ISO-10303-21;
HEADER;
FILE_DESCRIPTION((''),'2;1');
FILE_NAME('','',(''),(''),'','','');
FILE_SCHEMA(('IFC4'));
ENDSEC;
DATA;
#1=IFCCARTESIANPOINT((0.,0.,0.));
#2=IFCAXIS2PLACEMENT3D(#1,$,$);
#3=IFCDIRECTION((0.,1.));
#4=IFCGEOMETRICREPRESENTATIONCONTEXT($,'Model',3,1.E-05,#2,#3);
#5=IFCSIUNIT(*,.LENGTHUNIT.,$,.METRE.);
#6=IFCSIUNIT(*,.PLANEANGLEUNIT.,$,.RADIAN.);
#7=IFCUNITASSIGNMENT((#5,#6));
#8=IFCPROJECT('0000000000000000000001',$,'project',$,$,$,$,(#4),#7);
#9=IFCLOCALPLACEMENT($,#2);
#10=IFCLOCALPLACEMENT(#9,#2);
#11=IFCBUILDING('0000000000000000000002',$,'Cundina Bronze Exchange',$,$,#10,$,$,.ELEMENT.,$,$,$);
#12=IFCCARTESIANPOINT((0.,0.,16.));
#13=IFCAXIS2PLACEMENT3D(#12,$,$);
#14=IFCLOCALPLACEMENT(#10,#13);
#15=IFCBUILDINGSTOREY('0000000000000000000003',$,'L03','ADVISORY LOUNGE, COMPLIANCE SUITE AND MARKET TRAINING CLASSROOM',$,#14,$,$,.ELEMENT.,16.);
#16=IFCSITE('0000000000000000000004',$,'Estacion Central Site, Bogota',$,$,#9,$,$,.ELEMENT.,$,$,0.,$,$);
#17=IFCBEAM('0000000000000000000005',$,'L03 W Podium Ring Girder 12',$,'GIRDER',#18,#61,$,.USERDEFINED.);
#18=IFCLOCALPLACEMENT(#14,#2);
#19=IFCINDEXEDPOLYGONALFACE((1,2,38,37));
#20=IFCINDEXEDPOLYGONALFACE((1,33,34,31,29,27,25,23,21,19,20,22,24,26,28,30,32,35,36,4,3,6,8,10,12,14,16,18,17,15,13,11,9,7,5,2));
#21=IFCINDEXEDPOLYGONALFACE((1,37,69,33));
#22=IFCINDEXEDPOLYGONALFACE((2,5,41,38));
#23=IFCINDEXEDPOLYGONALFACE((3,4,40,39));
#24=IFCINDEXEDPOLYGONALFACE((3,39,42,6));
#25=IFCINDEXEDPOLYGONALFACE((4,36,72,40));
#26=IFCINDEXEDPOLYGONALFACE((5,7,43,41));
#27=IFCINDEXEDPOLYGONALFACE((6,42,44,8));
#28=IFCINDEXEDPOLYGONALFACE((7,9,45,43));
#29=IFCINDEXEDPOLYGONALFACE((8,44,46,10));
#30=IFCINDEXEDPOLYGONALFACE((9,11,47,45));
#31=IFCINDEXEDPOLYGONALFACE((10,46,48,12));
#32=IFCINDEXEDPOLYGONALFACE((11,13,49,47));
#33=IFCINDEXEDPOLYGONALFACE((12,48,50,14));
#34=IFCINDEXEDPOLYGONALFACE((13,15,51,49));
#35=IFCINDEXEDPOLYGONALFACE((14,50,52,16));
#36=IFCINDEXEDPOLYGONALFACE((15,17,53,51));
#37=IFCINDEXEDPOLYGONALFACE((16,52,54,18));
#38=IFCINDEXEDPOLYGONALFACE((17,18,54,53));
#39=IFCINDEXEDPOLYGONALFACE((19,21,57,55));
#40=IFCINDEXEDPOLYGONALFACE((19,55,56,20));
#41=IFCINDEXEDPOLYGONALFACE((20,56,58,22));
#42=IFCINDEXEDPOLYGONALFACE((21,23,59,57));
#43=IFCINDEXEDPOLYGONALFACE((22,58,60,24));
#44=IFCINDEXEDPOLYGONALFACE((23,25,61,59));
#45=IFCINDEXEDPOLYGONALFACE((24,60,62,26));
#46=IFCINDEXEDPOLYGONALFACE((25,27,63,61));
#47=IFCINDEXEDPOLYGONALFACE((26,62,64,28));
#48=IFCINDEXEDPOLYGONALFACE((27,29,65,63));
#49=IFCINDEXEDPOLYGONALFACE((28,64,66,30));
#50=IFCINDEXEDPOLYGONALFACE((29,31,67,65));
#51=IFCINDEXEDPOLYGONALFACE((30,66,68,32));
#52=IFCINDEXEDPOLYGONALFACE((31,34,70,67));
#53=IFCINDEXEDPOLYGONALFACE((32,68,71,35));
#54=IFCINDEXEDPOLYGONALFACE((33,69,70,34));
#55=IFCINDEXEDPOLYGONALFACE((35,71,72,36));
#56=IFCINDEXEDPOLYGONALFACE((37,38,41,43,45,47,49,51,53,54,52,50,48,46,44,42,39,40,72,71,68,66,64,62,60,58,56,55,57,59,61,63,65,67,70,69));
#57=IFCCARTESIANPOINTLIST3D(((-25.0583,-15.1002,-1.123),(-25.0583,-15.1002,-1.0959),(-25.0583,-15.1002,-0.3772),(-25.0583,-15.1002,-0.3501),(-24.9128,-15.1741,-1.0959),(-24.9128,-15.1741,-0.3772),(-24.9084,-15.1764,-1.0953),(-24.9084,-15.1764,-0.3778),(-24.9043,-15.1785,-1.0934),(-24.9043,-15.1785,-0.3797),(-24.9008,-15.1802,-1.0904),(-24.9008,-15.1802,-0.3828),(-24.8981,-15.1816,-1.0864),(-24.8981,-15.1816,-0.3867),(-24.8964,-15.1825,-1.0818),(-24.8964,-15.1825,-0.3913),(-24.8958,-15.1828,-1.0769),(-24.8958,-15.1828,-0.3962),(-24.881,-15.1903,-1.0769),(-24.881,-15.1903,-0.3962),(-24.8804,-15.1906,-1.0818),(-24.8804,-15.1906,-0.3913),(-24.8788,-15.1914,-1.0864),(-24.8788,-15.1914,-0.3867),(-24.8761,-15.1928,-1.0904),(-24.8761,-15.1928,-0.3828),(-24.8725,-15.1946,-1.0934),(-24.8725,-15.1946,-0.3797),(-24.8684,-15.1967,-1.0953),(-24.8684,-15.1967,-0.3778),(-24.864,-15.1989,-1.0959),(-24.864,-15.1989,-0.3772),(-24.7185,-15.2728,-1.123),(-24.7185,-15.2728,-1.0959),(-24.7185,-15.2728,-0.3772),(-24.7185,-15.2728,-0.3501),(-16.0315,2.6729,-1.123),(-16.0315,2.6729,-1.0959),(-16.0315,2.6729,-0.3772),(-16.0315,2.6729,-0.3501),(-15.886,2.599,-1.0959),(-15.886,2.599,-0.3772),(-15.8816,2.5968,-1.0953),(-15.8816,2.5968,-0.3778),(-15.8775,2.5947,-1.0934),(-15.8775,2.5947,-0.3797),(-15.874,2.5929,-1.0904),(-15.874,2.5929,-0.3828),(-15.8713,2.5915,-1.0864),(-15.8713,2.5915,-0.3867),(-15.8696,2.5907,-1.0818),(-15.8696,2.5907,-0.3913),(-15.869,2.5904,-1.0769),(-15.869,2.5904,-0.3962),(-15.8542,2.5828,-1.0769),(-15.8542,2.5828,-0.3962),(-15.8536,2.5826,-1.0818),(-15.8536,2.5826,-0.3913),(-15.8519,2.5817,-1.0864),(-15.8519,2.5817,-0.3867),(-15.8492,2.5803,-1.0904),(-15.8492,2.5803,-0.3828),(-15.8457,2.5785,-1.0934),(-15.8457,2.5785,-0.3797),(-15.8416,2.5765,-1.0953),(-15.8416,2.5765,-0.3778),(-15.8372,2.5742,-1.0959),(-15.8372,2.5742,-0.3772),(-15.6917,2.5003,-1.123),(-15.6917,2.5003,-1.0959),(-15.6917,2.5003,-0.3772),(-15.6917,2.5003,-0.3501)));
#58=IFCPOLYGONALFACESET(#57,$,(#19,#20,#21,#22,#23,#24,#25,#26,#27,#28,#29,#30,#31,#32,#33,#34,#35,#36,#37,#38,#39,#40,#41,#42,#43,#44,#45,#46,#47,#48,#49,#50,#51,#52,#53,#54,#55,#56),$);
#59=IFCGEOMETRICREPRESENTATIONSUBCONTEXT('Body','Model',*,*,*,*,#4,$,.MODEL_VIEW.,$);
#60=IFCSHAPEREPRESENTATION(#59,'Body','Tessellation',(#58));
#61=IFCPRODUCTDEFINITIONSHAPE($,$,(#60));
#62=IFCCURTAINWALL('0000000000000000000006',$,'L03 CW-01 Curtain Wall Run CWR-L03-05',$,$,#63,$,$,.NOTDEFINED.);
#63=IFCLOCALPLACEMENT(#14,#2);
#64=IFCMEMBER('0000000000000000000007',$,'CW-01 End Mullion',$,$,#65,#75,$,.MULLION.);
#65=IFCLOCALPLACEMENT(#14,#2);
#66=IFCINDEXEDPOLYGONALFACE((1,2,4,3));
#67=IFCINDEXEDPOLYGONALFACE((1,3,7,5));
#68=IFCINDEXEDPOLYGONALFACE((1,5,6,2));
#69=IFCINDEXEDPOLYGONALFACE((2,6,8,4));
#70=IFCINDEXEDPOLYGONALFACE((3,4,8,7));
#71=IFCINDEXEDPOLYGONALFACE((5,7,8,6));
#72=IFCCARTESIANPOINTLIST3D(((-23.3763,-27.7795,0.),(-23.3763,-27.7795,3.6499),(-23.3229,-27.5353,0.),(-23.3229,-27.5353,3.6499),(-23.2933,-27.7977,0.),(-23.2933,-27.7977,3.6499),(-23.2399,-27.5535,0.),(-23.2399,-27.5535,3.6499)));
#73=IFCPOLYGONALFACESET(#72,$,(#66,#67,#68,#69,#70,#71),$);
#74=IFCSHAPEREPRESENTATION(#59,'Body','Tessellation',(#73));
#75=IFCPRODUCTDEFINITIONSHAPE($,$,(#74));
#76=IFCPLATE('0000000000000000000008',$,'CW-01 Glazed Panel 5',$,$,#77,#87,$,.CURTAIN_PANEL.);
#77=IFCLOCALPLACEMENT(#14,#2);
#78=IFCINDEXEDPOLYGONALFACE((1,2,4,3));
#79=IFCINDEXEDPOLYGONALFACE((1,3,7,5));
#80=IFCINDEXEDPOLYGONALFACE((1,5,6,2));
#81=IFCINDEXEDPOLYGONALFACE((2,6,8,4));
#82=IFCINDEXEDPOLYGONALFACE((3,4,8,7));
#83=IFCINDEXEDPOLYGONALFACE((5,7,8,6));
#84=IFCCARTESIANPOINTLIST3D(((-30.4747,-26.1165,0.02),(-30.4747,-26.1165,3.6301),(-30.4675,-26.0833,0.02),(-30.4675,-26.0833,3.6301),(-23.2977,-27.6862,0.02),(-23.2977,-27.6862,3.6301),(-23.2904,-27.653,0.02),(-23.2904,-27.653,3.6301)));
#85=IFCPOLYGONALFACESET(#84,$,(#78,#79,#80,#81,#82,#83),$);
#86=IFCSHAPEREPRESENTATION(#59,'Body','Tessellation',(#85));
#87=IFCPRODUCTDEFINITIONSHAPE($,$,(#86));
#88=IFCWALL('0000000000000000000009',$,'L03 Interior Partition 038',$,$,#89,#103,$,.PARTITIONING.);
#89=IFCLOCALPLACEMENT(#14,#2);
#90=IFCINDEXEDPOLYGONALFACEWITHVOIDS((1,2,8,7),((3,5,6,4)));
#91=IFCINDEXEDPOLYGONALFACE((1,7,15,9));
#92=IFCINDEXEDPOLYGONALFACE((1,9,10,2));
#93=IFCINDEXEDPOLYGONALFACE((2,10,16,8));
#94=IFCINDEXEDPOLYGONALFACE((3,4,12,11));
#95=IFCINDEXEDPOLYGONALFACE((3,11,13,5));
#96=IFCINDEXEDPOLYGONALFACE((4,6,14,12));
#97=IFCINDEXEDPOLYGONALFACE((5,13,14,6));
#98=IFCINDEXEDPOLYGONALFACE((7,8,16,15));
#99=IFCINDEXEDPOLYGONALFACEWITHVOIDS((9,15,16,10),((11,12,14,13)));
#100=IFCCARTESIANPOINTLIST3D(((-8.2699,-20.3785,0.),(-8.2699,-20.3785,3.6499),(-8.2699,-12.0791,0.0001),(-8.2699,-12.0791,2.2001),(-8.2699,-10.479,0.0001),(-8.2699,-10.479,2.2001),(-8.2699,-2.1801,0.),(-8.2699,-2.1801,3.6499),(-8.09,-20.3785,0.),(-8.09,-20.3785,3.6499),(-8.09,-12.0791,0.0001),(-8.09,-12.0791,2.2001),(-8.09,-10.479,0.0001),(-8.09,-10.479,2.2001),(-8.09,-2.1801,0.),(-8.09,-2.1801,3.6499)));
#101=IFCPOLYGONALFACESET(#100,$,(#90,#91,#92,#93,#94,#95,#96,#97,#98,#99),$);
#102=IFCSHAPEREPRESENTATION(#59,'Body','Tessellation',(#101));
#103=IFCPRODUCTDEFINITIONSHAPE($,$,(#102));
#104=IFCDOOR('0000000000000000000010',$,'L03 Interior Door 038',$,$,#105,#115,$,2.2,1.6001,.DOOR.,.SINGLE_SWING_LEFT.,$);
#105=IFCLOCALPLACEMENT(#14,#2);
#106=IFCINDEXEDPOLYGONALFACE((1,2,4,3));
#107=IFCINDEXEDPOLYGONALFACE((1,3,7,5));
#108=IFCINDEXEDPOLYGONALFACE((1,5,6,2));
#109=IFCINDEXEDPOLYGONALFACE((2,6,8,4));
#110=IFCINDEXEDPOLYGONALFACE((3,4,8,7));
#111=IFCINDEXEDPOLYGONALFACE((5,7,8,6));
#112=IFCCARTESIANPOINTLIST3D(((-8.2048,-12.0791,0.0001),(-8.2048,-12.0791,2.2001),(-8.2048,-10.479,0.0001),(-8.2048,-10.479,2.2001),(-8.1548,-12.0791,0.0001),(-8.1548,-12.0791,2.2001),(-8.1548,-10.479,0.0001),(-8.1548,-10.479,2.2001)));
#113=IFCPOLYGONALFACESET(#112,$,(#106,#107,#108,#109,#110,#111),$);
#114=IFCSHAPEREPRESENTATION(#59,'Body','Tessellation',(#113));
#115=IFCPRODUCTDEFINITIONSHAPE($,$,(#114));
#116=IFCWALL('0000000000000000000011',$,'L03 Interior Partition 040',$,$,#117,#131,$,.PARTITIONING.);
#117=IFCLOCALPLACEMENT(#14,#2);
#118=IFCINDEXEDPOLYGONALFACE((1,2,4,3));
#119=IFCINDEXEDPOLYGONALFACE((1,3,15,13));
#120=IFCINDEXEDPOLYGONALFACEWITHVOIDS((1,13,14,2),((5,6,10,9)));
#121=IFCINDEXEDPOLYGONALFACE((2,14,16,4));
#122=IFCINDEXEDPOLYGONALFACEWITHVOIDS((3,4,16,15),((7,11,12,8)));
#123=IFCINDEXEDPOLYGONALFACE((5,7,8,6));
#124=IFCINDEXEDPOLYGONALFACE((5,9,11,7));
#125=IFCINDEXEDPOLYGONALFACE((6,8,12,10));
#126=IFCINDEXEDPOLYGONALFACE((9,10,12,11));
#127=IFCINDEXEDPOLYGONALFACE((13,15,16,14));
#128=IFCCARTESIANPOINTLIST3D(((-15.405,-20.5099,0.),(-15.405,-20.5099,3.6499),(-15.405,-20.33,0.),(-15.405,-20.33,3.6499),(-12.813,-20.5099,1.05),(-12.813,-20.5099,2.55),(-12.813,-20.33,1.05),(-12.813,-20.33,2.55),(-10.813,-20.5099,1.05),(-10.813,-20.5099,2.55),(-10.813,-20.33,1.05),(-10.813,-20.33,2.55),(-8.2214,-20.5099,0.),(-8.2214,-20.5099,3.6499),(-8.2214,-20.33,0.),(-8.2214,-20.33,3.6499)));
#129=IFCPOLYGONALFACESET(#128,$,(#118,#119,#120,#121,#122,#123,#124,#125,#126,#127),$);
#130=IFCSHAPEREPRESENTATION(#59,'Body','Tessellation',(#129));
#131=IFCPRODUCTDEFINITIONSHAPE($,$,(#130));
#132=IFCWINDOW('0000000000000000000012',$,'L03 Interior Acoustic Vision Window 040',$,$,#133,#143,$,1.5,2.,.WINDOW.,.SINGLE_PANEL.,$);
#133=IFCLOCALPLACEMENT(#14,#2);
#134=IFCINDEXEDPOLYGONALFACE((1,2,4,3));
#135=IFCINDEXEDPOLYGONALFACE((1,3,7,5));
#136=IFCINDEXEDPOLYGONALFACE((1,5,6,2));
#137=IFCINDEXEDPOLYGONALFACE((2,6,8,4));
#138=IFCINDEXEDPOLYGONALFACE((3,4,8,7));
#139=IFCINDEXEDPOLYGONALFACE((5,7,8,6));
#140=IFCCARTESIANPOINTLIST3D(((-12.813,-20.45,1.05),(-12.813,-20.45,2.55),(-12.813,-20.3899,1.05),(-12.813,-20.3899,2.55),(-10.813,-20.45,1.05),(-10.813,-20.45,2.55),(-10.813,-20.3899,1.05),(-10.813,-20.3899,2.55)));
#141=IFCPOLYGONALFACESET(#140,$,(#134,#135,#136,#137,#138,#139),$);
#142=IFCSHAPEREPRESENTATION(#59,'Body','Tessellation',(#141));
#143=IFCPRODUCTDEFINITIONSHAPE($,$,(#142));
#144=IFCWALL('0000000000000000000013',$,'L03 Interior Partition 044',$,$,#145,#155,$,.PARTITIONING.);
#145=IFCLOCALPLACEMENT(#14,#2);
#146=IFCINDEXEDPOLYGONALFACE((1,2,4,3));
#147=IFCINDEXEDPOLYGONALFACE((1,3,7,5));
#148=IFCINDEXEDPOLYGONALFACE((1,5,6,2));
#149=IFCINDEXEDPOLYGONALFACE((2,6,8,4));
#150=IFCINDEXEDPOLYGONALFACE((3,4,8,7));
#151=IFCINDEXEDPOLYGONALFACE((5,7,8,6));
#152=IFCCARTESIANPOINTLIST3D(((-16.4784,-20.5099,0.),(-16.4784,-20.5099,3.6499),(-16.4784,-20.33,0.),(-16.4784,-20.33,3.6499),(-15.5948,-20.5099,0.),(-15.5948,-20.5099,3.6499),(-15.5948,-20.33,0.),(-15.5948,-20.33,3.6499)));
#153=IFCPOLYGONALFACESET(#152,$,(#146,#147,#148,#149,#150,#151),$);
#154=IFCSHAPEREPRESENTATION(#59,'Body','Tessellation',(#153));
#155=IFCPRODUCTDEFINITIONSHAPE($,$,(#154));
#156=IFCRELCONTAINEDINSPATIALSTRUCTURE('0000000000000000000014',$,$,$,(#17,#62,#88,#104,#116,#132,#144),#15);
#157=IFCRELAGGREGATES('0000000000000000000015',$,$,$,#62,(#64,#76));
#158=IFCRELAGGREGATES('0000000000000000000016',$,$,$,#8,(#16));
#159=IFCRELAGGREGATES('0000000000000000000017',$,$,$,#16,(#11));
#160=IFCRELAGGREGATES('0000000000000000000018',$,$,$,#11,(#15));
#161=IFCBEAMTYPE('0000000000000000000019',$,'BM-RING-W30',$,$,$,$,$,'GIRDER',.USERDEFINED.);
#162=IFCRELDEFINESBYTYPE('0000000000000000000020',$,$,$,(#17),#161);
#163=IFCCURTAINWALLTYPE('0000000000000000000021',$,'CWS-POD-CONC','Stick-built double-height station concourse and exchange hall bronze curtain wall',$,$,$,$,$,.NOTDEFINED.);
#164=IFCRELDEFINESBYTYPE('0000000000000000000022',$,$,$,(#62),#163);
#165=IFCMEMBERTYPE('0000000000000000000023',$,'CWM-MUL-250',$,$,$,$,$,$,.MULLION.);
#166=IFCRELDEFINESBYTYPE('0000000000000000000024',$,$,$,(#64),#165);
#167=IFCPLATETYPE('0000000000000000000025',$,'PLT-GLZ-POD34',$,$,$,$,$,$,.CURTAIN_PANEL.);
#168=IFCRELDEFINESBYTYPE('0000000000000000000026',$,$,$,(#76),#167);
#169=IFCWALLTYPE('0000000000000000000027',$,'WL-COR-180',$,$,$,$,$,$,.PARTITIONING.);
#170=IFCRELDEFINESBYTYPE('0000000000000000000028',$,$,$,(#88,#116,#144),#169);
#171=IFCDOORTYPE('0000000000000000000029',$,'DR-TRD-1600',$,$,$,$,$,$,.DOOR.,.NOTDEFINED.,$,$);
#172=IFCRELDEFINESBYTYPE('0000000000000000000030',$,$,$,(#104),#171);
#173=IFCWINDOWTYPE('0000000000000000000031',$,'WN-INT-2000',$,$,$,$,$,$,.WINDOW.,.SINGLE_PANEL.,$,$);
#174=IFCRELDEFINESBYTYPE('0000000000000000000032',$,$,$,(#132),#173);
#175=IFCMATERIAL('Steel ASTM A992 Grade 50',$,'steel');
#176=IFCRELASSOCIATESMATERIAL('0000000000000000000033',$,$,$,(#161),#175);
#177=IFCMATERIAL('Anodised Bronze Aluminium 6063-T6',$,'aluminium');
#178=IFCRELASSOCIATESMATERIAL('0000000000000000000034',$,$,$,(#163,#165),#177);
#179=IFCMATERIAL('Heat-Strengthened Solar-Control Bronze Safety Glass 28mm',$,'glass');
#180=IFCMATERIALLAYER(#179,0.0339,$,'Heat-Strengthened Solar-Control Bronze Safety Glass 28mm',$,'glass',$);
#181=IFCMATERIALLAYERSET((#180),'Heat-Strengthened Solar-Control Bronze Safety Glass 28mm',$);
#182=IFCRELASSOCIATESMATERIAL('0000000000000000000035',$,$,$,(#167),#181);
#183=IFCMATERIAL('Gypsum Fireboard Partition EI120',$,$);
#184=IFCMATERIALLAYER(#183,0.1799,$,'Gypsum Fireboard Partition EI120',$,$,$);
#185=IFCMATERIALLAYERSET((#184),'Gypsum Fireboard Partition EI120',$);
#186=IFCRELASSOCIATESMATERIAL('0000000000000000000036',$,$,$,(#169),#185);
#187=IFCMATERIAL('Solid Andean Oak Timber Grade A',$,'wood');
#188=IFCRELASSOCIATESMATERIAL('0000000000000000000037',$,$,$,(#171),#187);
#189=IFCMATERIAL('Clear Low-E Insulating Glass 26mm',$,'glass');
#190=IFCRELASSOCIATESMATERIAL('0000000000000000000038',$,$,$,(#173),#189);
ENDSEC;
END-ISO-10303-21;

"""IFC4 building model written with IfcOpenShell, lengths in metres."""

from ifc_helpers import new_model, si_unit, direction, frame, frame_2d, origin, origin_2d, place, context, subcontext, project, spatial, rectangle, i_section, extrude, material, layer, layer_set, material_profile, profile_set, type_object, element, fill, aggregate, save


model = new_model("IFC4")

# Units and contexts
model_context = context("Model", 3, precision=1e-05, world=origin(), true_north=direction((0.0, 1.0)))
body_context = subcontext(model_context, "Body", "Model", "MODEL_VIEW")
ifc_project = project(units=[si_unit("LENGTHUNIT", "METRE"), si_unit("PLANEANGLEUNIT", "RADIAN")], contexts=[model_context])

# Site, building, storey
site_placement = place(None, origin())
site = spatial("IfcSite", under=ifc_project, at=site_placement, Name="Estacion Central Site, Bogota", CompositionType="ELEMENT", RefElevation=0.0)
building_placement = place(site_placement, origin())
building = spatial("IfcBuilding", under=site, at=building_placement, Name="Cundina Bronze Exchange", CompositionType="ELEMENT")
storey_placement = place(building_placement, frame((0.0, 0.0, 16.0)))
storey = spatial("IfcBuildingStorey", under=building, at=storey_placement, Name="L03", Description="ADVISORY LOUNGE, COMPLIANCE SUITE AND MARKET TRAINING CLASSROOM", CompositionType="ELEMENT", Elevation=16.0)

# Beam
ifc_material_1 = material(Name="Steel ASTM A992 Grade 50", Category="steel")
ifc_material_profile_1 = material_profile(ifc_material_1, i_section(OverallWidth=0.3811, OverallDepth=0.7729, WebThickness=0.0166, FlangeThickness=0.0271, FilletRadius=0.019, at=origin_2d()), Name="W30X173", Category="steel")
ifc_profile_set_1 = profile_set([ifc_material_profile_1], Name="Steel ASTM A992 Grade 50")
beam_type_1 = type_object("IfcBeamType", Name="BM-RING-W30", ElementType="GIRDER", PredefinedType="USERDEFINED", material=ifc_profile_set_1)
beam_1_placement = place(storey_placement, frame((-24.8884, -15.1865, -0.7366), z_axis=(0.452834, 0.891595, 0.0), x_axis=(-0.891595, 0.452834, 0.0)))
element("IfcBeam", 1, at=beam_1_placement, inside=storey, type_object=beam_type_1, Name="L03 W Podium Ring Girder 12", ObjectType="GIRDER", PredefinedType="USERDEFINED", context=body_context, shape_type="SweptSolid", body=[
    extrude(i_section(OverallWidth=0.3811, OverallDepth=0.7729, WebThickness=0.0166, FlangeThickness=0.0271, FilletRadius=0.019, at=origin_2d()), origin(), (0.0, 0.0, 1.0), 19.9341),
])

# Curtain wall, member, plate
ifc_material_2 = material(Name="Anodised Bronze Aluminium 6063-T6", Category="aluminium")
curtain_wall_type = type_object("IfcCurtainWallType", Name="CWS-POD-CONC", Description="Stick-built double-height station concourse and exchange hall bronze curtain wall", PredefinedType="NOTDEFINED", material=ifc_material_2)
curtain_wall_placement = place(storey_placement, origin())
curtain_wall = element("IfcCurtainWall", 2, at=curtain_wall_placement, inside=storey, type_object=curtain_wall_type, Name="L03 CW-01 Curtain Wall Run CWR-L03-05", PredefinedType="NOTDEFINED")
ifc_material_profile_2 = material_profile(ifc_material_2, rectangle(XDim=0.085, YDim=0.25, at=origin_2d()), Name="AL85X250", Category="aluminium")
ifc_profile_set_2 = profile_set([ifc_material_profile_2], Name="Anodised Bronze Aluminium 6063-T6")
member_type = type_object("IfcMemberType", Name="CWM-MUL-250", PredefinedType="MULLION", material=ifc_profile_set_2)
member_placement = place(storey_placement, frame((-23.3081, -27.6665, 0.0), z_axis=(0.0, 0.0, 1.0), x_axis=(0.976897, -0.213712, 0.0)))
member = element("IfcMember", 3, at=member_placement, type_object=member_type, Name="CW-01 End Mullion", PredefinedType="MULLION", context=body_context, shape_type="SweptSolid", body=[
    extrude(rectangle(XDim=0.085, YDim=0.25, at=origin_2d()), origin(), (0.0, 0.0, 1.0), 3.6499),
])
ifc_material_3 = material(Name="Heat-Strengthened Solar-Control Bronze Safety Glass 28mm", Category="glass")
ifc_layer_1 = layer(ifc_material_3, 0.0339, Name="Heat-Strengthened Solar-Control Bronze Safety Glass 28mm", Category="glass")
ifc_layer_set_1 = layer_set([ifc_layer_1], Name="Heat-Strengthened Solar-Control Bronze Safety Glass 28mm")
plate_type = type_object("IfcPlateType", Name="PLT-GLZ-POD34", PredefinedType="CURTAIN_PANEL", material=ifc_layer_set_1)
plate_placement = place(storey_placement, frame((-26.8826, -26.8848, 0.02), z_axis=(0.0, 0.0, 1.0), x_axis=(0.976908, -0.213661, 0.0)))
plate = element("IfcPlate", 4, at=plate_placement, type_object=plate_type, Name="CW-01 Glazed Panel 5", PredefinedType="CURTAIN_PANEL", context=body_context, shape_type="SweptSolid", body=[
    extrude(rectangle(XDim=7.3467, YDim=0.0339, at=origin_2d()), origin(), (0.0, 0.0, 1.0), 3.6101),
])
aggregate(curtain_wall, [member, plate])

# Wall, opening, door
ifc_material_4 = material(Name="Gypsum Fireboard Partition EI120")
ifc_layer_2 = layer(ifc_material_4, 0.1799, Name="Gypsum Fireboard Partition EI120")
ifc_layer_set_2 = layer_set([ifc_layer_2], Name="Gypsum Fireboard Partition EI120")
wall_type_1 = type_object("IfcWallType", Name="WL-COR-180", PredefinedType="PARTITIONING", material=ifc_layer_set_2)
wall_1_placement = place(storey_placement, frame((-8.1799, -20.3784, 0.0), z_axis=(0.0, 0.0, 1.0), x_axis=(0.0, 1.0, 0.0)))
wall_1 = element("IfcWall", 5, at=wall_1_placement, inside=storey, type_object=wall_type_1, Name="L03 Interior Partition 038", PredefinedType="PARTITIONING", context=body_context, shape_type="SweptSolid", body=[
    extrude(rectangle(XDim=18.1985, YDim=0.1799, at=frame_2d((9.0991, 0.0))), origin(), (0.0, 0.0, 1.0), 3.6499),
])
opening_1_placement = place(wall_1_placement, frame((8.2993, 0.0, 0.0)))
opening_1 = element("IfcOpeningElement", 6, at=opening_1_placement, cuts=wall_1, PredefinedType="OPENING", context=body_context, shape_type="SweptSolid", body=[
    extrude(rectangle(XDim=1.6001, YDim=2.2, at=frame_2d((0.8, 1.1001))), frame((0.0, 0.0999, 0.0), z_axis=(0.0, -1.0, 0.0), x_axis=(1.0, 0.0, 0.0)), (0.0, 0.0, 1.0), 0.2),
])
ifc_material_5 = material(Name="Solid Andean Oak Timber Grade A", Category="wood")
door_type_1 = type_object("IfcDoorType", Name="DR-TRD-1600", OperationType="NOTDEFINED", PredefinedType="DOOR", material=ifc_material_5)
door_1_placement = place(opening_1_placement, origin())
door_1 = element("IfcDoor", 7, at=door_1_placement, inside=storey, type_object=door_type_1, Name="L03 Interior Door 038", OperationType="SINGLE_SWING_LEFT", OverallHeight=2.2, OverallWidth=1.6001, PredefinedType="DOOR", context=body_context, shape_type="SweptSolid", body=[
    extrude(rectangle(XDim=1.6001, YDim=2.2, at=frame_2d((0.8, 1.1001))), frame((0.0, 0.0249, 0.0), z_axis=(0.0, -1.0, 0.0), x_axis=(1.0, 0.0, 0.0)), (0.0, 0.0, 1.0), 0.05),
])
fill(opening_1, door_1)

# Wall, opening, window
wall_2_placement = place(storey_placement, frame((-15.405, -20.4199, 0.0), z_axis=(0.0, 0.0, 1.0), x_axis=(1.0, 0.0, 0.0)))
wall_2 = element("IfcWall", 8, at=wall_2_placement, inside=storey, type_object=wall_type_1, Name="L03 Interior Partition 040", PredefinedType="PARTITIONING", context=body_context, shape_type="SweptSolid", body=[
    extrude(rectangle(XDim=7.1836, YDim=0.1799, at=frame_2d((3.5918, 0.0))), origin(), (0.0, 0.0, 1.0), 3.6499),
])
opening_2_placement = place(wall_2_placement, frame((2.592, 0.0, 1.05)))
opening_2 = element("IfcOpeningElement", 9, at=opening_2_placement, cuts=wall_2, PredefinedType="OPENING", context=body_context, shape_type="SweptSolid", body=[
    extrude(rectangle(XDim=2.0, YDim=1.5, at=frame_2d((1.0, 0.75))), frame((0.0, 0.0999, 0.0), z_axis=(0.0, -1.0, 0.0), x_axis=(1.0, 0.0, 0.0)), (0.0, 0.0, 1.0), 0.2),
])
ifc_material_6 = material(Name="Clear Low-E Insulating Glass 26mm", Category="glass")
window_type_1 = type_object("IfcWindowType", Name="WN-INT-2000", PartitioningType="SINGLE_PANEL", PredefinedType="WINDOW", material=ifc_material_6)
window_1_placement = place(opening_2_placement, origin())
window_1 = element("IfcWindow", 10, at=window_1_placement, inside=storey, type_object=window_type_1, Name="L03 Interior Acoustic Vision Window 040", OverallHeight=1.5, OverallWidth=2.0, PartitioningType="SINGLE_PANEL", PredefinedType="WINDOW", context=body_context, shape_type="SweptSolid", body=[
    extrude(rectangle(XDim=2.0, YDim=1.5, at=frame_2d((1.0, 0.75))), frame((0.0, 0.03, 0.0), z_axis=(0.0, -1.0, 0.0), x_axis=(1.0, 0.0, 0.0)), (0.0, 0.0, 1.0), 0.0601),
])
fill(opening_2, window_1)

# Wall
wall_3_placement = place(storey_placement, frame((-16.4785, -20.4199, 0.0), z_axis=(0.0, 0.0, 1.0), x_axis=(1.0, 0.0, 0.0)))
element("IfcWall", 11, at=wall_3_placement, inside=storey, type_object=wall_type_1, Name="L03 Interior Partition 044", PredefinedType="PARTITIONING", context=body_context, shape_type="SweptSolid", body=[
    extrude(rectangle(XDim=0.8835, YDim=0.1799, at=frame_2d((0.4419, 0.0))), origin(), (0.0, 0.0, 1.0), 3.6499),
])

save(model, "model.ifc")
